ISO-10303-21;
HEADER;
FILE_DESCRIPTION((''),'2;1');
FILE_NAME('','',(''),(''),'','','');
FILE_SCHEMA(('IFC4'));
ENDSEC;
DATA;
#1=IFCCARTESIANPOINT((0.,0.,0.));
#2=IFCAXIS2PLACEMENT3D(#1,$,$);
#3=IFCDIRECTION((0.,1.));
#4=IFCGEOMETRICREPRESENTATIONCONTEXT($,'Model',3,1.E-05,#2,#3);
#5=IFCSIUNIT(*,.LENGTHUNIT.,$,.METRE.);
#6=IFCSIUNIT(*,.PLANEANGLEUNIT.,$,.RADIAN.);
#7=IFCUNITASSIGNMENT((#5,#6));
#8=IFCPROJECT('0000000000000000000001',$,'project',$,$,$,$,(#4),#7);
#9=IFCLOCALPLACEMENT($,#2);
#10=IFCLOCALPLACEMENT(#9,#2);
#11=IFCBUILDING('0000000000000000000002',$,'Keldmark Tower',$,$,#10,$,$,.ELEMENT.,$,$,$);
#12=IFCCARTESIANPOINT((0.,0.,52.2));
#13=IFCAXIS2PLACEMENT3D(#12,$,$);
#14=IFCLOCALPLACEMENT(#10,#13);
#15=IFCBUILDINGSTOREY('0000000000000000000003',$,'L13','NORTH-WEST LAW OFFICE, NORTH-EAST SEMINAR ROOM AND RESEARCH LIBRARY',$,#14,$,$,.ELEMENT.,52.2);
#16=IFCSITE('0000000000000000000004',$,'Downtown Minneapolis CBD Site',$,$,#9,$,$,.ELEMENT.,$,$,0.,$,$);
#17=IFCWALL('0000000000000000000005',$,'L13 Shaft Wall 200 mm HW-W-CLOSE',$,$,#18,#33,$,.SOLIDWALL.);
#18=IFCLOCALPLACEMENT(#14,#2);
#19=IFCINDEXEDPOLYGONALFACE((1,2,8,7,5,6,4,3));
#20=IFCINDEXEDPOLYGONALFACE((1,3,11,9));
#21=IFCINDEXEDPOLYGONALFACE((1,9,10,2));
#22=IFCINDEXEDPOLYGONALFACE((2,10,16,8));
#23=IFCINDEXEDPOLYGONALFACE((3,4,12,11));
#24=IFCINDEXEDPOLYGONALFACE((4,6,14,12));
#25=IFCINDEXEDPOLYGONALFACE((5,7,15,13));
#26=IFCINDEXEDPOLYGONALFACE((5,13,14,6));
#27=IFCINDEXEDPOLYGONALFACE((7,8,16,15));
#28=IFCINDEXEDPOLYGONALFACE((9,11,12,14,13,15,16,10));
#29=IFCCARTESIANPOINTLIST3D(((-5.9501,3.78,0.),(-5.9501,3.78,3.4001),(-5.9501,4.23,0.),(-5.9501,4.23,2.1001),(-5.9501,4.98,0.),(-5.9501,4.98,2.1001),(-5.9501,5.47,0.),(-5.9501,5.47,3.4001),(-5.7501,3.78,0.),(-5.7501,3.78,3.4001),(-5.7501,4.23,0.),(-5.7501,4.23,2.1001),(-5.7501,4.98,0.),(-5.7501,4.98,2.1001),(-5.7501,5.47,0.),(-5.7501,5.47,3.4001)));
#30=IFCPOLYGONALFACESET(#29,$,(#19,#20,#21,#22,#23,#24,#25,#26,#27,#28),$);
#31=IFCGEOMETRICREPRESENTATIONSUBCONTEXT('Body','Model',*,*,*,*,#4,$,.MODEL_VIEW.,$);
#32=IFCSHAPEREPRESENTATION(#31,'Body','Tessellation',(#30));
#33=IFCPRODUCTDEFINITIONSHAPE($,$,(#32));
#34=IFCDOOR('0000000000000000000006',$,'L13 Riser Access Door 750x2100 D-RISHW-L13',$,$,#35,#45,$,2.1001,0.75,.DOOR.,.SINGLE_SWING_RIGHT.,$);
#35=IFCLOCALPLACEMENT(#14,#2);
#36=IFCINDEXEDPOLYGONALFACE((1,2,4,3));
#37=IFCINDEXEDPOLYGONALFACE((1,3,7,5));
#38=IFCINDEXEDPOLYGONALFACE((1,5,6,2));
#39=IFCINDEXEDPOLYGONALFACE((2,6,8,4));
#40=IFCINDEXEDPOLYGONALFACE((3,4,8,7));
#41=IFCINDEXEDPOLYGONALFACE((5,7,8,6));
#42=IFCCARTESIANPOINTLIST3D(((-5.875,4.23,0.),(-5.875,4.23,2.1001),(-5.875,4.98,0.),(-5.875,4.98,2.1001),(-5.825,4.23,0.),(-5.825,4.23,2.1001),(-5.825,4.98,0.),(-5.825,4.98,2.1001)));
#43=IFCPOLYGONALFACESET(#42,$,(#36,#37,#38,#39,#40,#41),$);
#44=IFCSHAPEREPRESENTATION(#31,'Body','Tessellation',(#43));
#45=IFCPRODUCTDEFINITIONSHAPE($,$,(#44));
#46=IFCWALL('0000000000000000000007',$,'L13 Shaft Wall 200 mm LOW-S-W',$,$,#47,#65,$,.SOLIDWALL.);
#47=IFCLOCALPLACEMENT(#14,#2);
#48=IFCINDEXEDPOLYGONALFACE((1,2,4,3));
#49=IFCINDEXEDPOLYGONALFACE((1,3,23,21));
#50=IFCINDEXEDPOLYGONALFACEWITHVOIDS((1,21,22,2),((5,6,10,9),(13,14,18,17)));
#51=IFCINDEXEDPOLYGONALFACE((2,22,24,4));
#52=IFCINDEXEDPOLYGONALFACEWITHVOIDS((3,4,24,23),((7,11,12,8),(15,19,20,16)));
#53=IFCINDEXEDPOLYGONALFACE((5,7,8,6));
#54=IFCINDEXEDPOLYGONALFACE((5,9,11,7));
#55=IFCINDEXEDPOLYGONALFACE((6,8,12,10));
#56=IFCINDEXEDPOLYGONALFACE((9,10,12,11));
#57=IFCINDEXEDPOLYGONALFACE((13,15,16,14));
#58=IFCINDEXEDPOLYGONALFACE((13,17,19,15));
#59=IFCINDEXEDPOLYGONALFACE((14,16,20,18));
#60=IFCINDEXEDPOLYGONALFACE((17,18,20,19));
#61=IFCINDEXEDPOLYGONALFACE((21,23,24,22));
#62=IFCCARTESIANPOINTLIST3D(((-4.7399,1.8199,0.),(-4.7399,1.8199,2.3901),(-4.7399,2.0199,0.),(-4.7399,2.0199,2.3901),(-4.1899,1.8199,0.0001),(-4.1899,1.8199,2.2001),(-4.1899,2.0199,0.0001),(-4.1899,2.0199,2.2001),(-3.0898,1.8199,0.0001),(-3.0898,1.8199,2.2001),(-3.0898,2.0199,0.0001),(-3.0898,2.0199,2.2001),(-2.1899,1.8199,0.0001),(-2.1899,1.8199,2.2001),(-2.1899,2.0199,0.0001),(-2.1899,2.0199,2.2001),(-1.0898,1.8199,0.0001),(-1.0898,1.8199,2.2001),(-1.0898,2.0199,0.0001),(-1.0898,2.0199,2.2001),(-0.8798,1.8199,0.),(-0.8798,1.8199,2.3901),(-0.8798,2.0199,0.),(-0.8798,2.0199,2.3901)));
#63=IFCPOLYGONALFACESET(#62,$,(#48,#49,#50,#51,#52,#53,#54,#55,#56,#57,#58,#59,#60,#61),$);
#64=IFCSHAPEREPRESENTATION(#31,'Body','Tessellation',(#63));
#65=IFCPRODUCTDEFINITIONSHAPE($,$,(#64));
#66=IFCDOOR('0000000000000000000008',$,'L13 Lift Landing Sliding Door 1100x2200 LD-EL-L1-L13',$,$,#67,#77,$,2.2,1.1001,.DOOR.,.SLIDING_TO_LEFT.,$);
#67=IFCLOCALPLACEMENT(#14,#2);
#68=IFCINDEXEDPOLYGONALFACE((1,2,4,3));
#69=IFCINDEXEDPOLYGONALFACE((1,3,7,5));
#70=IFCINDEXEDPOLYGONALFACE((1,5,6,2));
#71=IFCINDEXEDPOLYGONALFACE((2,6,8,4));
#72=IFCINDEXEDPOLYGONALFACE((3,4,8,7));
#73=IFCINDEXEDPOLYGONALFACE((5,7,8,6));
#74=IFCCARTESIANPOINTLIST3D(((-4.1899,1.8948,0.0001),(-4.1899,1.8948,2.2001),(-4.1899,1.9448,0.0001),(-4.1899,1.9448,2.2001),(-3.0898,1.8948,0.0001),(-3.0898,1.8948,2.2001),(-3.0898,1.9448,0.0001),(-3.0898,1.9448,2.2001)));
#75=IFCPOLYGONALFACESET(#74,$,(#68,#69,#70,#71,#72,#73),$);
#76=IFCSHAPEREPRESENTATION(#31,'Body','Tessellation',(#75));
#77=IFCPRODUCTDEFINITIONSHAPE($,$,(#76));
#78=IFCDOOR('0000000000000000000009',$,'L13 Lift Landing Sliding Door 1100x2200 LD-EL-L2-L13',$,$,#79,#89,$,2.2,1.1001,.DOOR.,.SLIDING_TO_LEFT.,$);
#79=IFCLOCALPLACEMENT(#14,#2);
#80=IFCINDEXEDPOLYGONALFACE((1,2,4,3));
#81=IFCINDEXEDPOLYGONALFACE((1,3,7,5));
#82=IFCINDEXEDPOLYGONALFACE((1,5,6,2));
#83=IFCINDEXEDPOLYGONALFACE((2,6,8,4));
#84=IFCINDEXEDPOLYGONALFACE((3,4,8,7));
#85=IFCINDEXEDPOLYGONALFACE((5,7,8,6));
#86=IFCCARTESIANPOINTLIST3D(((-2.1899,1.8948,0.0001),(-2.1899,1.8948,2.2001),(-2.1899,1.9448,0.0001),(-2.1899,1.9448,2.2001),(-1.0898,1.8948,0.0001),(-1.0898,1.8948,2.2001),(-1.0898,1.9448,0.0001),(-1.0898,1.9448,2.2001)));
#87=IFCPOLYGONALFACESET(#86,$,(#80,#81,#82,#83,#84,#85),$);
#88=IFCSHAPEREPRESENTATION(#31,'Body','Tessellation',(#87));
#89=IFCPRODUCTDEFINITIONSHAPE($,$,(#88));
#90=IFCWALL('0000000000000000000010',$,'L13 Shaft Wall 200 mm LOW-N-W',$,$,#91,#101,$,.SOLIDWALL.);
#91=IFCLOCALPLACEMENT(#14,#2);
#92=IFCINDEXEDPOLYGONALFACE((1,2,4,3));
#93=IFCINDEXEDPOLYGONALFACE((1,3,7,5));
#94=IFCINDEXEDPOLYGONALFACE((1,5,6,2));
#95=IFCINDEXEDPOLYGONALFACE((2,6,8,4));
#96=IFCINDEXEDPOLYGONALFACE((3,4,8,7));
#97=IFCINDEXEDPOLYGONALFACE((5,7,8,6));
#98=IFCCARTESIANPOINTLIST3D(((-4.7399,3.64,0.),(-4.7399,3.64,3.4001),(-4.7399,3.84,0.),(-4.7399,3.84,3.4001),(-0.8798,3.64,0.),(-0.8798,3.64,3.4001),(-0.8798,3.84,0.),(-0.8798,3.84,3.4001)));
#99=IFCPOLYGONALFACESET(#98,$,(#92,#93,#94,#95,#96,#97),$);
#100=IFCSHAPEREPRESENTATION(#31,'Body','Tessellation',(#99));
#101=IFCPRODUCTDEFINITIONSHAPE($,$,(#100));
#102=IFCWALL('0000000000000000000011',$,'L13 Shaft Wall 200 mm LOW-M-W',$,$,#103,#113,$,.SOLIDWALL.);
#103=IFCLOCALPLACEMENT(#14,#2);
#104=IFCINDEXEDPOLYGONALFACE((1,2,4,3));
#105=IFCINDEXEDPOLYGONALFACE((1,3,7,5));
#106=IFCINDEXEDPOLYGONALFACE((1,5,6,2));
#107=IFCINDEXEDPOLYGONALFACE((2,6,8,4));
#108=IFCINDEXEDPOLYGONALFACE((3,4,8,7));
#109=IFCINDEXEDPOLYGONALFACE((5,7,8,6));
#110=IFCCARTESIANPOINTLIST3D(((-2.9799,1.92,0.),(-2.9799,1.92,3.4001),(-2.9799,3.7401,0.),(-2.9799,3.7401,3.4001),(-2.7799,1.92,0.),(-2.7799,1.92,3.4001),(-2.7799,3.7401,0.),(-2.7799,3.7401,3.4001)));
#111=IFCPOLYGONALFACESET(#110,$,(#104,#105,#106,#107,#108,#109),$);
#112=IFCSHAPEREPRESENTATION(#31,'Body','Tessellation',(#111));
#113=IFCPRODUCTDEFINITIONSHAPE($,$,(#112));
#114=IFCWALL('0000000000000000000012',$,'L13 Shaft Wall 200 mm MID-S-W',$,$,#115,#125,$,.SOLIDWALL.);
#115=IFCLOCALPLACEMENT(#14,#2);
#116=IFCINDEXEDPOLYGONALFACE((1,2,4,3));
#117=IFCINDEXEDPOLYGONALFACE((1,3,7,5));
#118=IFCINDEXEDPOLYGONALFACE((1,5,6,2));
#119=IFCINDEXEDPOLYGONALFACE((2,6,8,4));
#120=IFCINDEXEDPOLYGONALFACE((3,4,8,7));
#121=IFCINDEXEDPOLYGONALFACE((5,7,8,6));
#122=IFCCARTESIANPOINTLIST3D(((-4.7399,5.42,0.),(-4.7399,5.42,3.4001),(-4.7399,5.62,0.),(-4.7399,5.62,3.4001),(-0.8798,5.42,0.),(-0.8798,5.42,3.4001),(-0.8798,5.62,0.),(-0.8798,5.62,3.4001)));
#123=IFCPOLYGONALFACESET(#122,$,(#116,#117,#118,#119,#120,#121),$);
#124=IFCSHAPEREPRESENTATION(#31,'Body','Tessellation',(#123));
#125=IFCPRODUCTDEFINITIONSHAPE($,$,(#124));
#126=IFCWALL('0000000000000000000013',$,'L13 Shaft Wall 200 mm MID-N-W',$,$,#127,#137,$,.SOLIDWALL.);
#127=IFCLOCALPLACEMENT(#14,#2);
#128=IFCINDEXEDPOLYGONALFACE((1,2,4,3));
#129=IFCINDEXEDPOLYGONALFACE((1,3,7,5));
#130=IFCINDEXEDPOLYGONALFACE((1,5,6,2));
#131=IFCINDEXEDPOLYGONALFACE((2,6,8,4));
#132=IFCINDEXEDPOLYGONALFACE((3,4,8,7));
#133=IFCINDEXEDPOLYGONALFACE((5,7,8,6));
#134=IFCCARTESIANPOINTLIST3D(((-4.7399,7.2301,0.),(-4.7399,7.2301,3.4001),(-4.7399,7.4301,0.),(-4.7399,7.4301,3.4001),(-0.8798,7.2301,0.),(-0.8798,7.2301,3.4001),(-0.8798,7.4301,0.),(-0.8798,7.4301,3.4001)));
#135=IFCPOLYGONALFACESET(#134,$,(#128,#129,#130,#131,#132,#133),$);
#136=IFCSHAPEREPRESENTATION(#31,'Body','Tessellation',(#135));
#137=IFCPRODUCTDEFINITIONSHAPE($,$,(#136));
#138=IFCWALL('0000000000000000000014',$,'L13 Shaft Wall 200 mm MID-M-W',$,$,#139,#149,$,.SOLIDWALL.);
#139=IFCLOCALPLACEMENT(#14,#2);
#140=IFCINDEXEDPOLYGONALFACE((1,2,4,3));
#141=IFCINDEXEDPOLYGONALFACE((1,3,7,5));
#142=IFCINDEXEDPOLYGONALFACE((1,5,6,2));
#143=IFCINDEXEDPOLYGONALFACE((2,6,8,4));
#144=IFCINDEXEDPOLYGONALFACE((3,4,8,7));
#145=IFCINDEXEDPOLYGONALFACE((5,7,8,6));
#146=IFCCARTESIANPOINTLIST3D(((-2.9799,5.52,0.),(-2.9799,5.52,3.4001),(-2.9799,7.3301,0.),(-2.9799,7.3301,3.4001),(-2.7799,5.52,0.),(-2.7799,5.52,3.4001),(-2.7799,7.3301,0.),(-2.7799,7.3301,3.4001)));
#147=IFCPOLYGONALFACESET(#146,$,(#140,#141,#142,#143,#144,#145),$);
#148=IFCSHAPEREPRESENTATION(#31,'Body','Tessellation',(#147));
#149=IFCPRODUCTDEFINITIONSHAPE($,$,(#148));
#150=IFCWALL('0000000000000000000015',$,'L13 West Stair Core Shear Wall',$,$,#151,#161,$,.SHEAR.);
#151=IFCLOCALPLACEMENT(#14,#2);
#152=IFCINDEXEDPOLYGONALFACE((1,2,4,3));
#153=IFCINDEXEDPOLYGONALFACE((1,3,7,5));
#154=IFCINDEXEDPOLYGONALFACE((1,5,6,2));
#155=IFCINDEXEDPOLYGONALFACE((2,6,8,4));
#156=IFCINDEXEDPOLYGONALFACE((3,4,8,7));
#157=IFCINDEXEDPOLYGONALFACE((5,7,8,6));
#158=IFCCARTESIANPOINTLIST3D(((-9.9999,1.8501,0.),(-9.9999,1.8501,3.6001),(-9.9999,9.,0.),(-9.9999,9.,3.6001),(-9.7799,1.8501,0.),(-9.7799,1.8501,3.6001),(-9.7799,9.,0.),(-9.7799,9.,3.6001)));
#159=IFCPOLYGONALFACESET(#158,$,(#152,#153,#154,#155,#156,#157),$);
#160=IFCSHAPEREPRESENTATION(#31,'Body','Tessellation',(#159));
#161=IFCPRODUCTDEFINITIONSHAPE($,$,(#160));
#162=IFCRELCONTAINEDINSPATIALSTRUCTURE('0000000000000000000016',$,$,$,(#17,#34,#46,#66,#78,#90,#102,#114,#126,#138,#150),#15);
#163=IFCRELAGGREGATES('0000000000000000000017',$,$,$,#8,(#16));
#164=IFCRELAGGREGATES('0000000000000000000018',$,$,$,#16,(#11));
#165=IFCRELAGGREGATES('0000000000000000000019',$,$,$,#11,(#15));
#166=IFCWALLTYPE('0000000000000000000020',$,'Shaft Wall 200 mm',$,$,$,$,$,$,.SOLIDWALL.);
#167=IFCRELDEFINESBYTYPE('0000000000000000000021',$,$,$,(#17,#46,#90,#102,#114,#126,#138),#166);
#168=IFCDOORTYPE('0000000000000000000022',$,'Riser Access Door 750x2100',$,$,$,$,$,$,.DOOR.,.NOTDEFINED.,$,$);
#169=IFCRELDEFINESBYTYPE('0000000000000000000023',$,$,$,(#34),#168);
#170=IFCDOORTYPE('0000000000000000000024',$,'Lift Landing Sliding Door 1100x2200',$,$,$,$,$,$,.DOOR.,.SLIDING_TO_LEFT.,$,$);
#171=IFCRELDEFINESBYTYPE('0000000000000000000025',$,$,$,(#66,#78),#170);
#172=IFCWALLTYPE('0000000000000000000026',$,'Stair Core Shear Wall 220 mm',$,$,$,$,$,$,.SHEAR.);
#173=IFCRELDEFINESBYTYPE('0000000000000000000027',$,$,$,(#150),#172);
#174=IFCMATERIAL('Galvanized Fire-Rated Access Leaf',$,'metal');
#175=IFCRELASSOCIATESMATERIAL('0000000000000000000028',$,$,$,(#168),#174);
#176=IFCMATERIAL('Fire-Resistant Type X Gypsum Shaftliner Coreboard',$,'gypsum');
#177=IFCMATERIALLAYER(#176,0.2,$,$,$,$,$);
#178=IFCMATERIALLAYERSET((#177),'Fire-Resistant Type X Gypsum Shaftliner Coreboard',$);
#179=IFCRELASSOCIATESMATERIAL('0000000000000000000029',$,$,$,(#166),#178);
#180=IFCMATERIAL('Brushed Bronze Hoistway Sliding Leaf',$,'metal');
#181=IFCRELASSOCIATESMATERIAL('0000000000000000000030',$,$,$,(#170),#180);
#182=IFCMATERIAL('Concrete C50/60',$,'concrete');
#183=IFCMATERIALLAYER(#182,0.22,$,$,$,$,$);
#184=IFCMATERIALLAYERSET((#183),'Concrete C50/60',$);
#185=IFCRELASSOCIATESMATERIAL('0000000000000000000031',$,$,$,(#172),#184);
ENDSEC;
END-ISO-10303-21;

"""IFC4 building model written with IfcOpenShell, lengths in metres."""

from ifc_helpers import new_model, si_unit, direction, frame, frame_2d, origin, place, context, subcontext, project, spatial, rectangle, extrude, material, layer, layer_set, type_object, element, fill, save


model = new_model("IFC4")

# Units and contexts
model_context = context("Model", 3, precision=1e-05, world=origin(), true_north=direction((0.0, 1.0)))
body_context = subcontext(model_context, "Body", "Model", "MODEL_VIEW")
ifc_project = project(units=[si_unit("LENGTHUNIT", "METRE"), si_unit("PLANEANGLEUNIT", "RADIAN")], contexts=[model_context])

# Site, building, storey
site_placement = place(None, origin())
site = spatial("IfcSite", under=ifc_project, at=site_placement, Name="Downtown Minneapolis CBD Site", CompositionType="ELEMENT", RefElevation=0.0)
building_placement = place(site_placement, origin())
building = spatial("IfcBuilding", under=site, at=building_placement, Name="Keldmark Tower", CompositionType="ELEMENT")
storey_placement = place(building_placement, frame((0.0, 0.0, 52.2)))
storey = spatial("IfcBuildingStorey", under=building, at=storey_placement, Name="L13", Description="NORTH-WEST LAW OFFICE, NORTH-EAST SEMINAR ROOM AND RESEARCH LIBRARY", CompositionType="ELEMENT", Elevation=52.2)

# Shared definitions
ifc_material_1 = material(Name="Galvanized Fire-Rated Access Leaf", Category="metal")
door_type_1 = type_object("IfcDoorType", Name="Riser Access Door 750x2100", OperationType="NOTDEFINED", PredefinedType="DOOR", material=ifc_material_1)

# Shared definitions
ifc_material_2 = material(Name="Fire-Resistant Type X Gypsum Shaftliner Coreboard", Category="gypsum")
ifc_layer_1 = layer(ifc_material_2, 0.2)
ifc_layer_set_1 = layer_set([ifc_layer_1], Name="Fire-Resistant Type X Gypsum Shaftliner Coreboard")
wall_type_1 = type_object("IfcWallType", Name="Shaft Wall 200 mm", PredefinedType="SOLIDWALL", material=ifc_layer_set_1)

# Wall, opening, door
wall_1_placement = place(storey_placement, frame((-5.8501, 3.78, 0.0), z_axis=(0.0, 0.0, 1.0), x_axis=(0.0, 1.0, 0.0)))
wall_1 = element("IfcWall", 1, at=wall_1_placement, inside=storey, type_object=wall_type_1, Name="L13 Shaft Wall 200 mm HW-W-CLOSE", PredefinedType="SOLIDWALL", context=body_context, shape_type="SweptSolid", body=[
    extrude(rectangle(XDim=1.6899, YDim=0.2, at=frame_2d((0.845, 0.0))), origin(), (0.0, 0.0, 1.0), 3.4001),
])
opening_1_placement = place(wall_1_placement, frame((0.45, 0.0, 0.0)))
opening_1 = element("IfcOpeningElement", 2, at=opening_1_placement, cuts=wall_1, PredefinedType="OPENING", context=body_context, shape_type="SweptSolid", body=[
    extrude(rectangle(XDim=0.75, YDim=2.1001, at=frame_2d((0.375, 1.05))), frame((0.0, 0.1099, 0.0), z_axis=(0.0, -1.0, 0.0), x_axis=(1.0, 0.0, 0.0)), (0.0, 0.0, 1.0), 0.22),
])
door_1_placement = place(opening_1_placement, origin())
door_1 = element("IfcDoor", 3, at=door_1_placement, inside=storey, type_object=door_type_1, Name="L13 Riser Access Door 750x2100 D-RISHW-L13", OperationType="SINGLE_SWING_RIGHT", OverallHeight=2.1001, OverallWidth=0.75, PredefinedType="DOOR", context=body_context, shape_type="SweptSolid", body=[
    extrude(rectangle(XDim=0.75, YDim=2.1001, at=frame_2d((0.375, 1.05))), frame((0.0, 0.0249, 0.0), z_axis=(0.0, -1.0, 0.0), x_axis=(1.0, 0.0, 0.0)), (0.0, 0.0, 1.0), 0.05),
])
fill(opening_1, door_1)

# Wall, openings, doors
wall_2_placement = place(storey_placement, frame((-4.74, 1.9199, 0.0), z_axis=(0.0, 0.0, 1.0), x_axis=(1.0, 0.0, 0.0)))
wall_2 = element("IfcWall", 4, at=wall_2_placement, inside=storey, type_object=wall_type_1, Name="L13 Shaft Wall 200 mm LOW-S-W", PredefinedType="SOLIDWALL", context=body_context, shape_type="SweptSolid", body=[
    extrude(rectangle(XDim=3.8601, YDim=0.2, at=frame_2d((1.9302, 0.0))), origin(), (0.0, 0.0, 1.0), 2.3901),
])
opening_2_placement = place(wall_2_placement, frame((0.55, 0.0, 0.0)))
opening_2 = element("IfcOpeningElement", 5, at=opening_2_placement, cuts=wall_2, PredefinedType="OPENING", context=body_context, shape_type="SweptSolid", body=[
    extrude(rectangle(XDim=1.1001, YDim=2.2, at=frame_2d((0.55, 1.1001))), frame((0.0, 0.1099, 0.0), z_axis=(0.0, -1.0, 0.0), x_axis=(1.0, 0.0, 0.0)), (0.0, 0.0, 1.0), 0.22),
])
opening_3_placement = place(wall_2_placement, frame((2.55, 0.0, 0.0)))
opening_3 = element("IfcOpeningElement", 6, at=opening_3_placement, cuts=wall_2, PredefinedType="OPENING", context=body_context, shape_type="SweptSolid", body=[
    extrude(rectangle(XDim=1.1001, YDim=2.2, at=frame_2d((0.55, 1.1001))), frame((0.0, 0.1099, 0.0), z_axis=(0.0, -1.0, 0.0), x_axis=(1.0, 0.0, 0.0)), (0.0, 0.0, 1.0), 0.22),
])
ifc_material_3 = material(Name="Brushed Bronze Hoistway Sliding Leaf", Category="metal")
door_type_2 = type_object("IfcDoorType", Name="Lift Landing Sliding Door 1100x2200", OperationType="SLIDING_TO_LEFT", PredefinedType="DOOR", material=ifc_material_3)
door_2_placement = place(opening_2_placement, origin())
door_2 = element("IfcDoor", 7, at=door_2_placement, inside=storey, type_object=door_type_2, Name="L13 Lift Landing Sliding Door 1100x2200 LD-EL-L1-L13", OperationType="SLIDING_TO_LEFT", OverallHeight=2.2, OverallWidth=1.1001, PredefinedType="DOOR", context=body_context, shape_type="SweptSolid", body=[
    extrude(rectangle(XDim=1.1001, YDim=2.2, at=frame_2d((0.55, 1.1001))), frame((0.0, 0.0249, 0.0), z_axis=(0.0, -1.0, 0.0), x_axis=(1.0, 0.0, 0.0)), (0.0, 0.0, 1.0), 0.05),
])
fill(opening_2, door_2)
door_3_placement = place(opening_3_placement, origin())
door_3 = element("IfcDoor", 8, at=door_3_placement, inside=storey, type_object=door_type_2, Name="L13 Lift Landing Sliding Door 1100x2200 LD-EL-L2-L13", OperationType="SLIDING_TO_LEFT", OverallHeight=2.2, OverallWidth=1.1001, PredefinedType="DOOR", context=body_context, shape_type="SweptSolid", body=[
    extrude(rectangle(XDim=1.1001, YDim=2.2, at=frame_2d((0.55, 1.1001))), frame((0.0, 0.0249, 0.0), z_axis=(0.0, -1.0, 0.0), x_axis=(1.0, 0.0, 0.0)), (0.0, 0.0, 1.0), 0.05),
])
fill(opening_3, door_3)

# Walls
wall_3_placement = place(storey_placement, frame((-4.74, 3.74, 0.0), z_axis=(0.0, 0.0, 1.0), x_axis=(1.0, 0.0, 0.0)))
element("IfcWall", 9, at=wall_3_placement, inside=storey, type_object=wall_type_1, Name="L13 Shaft Wall 200 mm LOW-N-W", PredefinedType="SOLIDWALL", context=body_context, shape_type="SweptSolid", body=[
    extrude(rectangle(XDim=3.8601, YDim=0.2, at=frame_2d((1.9302, 0.0))), origin(), (0.0, 0.0, 1.0), 3.4001),
])
wall_4_placement = place(storey_placement, frame((-2.8799, 1.9199, 0.0), z_axis=(0.0, 0.0, 1.0), x_axis=(0.0, 1.0, 0.0)))
element("IfcWall", 10, at=wall_4_placement, inside=storey, type_object=wall_type_1, Name="L13 Shaft Wall 200 mm LOW-M-W", PredefinedType="SOLIDWALL", context=body_context, shape_type="SweptSolid", body=[
    extrude(rectangle(XDim=1.8201, YDim=0.2, at=frame_2d((0.9102, 0.0))), origin(), (0.0, 0.0, 1.0), 3.4001),
])
for number, where, z_axis, x_axis, name in (
    (11, (-4.74, 5.52, 0.0), (0.0, 0.0, 1.0), (1.0, 0.0, 0.0), "L13 Shaft Wall 200 mm MID-S-W"),
    (12, (-4.74, 7.3301, 0.0), (0.0, 0.0, 1.0), (1.0, 0.0, 0.0), "L13 Shaft Wall 200 mm MID-N-W"),
):
    element("IfcWall", number, at=place(storey_placement, frame(where, z_axis=z_axis, x_axis=x_axis)), inside=storey, type_object=wall_type_1, Name=name, PredefinedType="SOLIDWALL", context=body_context, shape_type="SweptSolid", body=[
        extrude(rectangle(XDim=3.8601, YDim=0.2, at=frame_2d((1.9302, 0.0))), origin(), (0.0, 0.0, 1.0), 3.4001),
    ])
wall_5_placement = place(storey_placement, frame((-2.8799, 5.52, 0.0), z_axis=(0.0, 0.0, 1.0), x_axis=(0.0, 1.0, 0.0)))
element("IfcWall", 13, at=wall_5_placement, inside=storey, type_object=wall_type_1, Name="L13 Shaft Wall 200 mm MID-M-W", PredefinedType="SOLIDWALL", context=body_context, shape_type="SweptSolid", body=[
    extrude(rectangle(XDim=1.8101, YDim=0.2, at=frame_2d((0.905, 0.0))), origin(), (0.0, 0.0, 1.0), 3.4001),
])
ifc_material_4 = material(Name="Concrete C50/60", Category="concrete")
ifc_layer_2 = layer(ifc_material_4, 0.22)
ifc_layer_set_2 = layer_set([ifc_layer_2], Name="Concrete C50/60")
wall_type_2 = type_object("IfcWallType", Name="Stair Core Shear Wall 220 mm", PredefinedType="SHEAR", material=ifc_layer_set_2)
wall_6_placement = place(storey_placement, frame((-9.8899, 1.8501, 0.0), z_axis=(0.0, 0.0, 1.0), x_axis=(0.0, 1.0, 0.0)))
element("IfcWall", 14, at=wall_6_placement, inside=storey, type_object=wall_type_2, Name="L13 West Stair Core Shear Wall", PredefinedType="SHEAR", context=body_context, shape_type="SweptSolid", body=[
    extrude(rectangle(XDim=7.1499, YDim=0.22, at=frame_2d((3.575, 0.0))), origin(), (0.0, 0.0, 1.0), 3.6001),
])

save(model, "model.ifc")
